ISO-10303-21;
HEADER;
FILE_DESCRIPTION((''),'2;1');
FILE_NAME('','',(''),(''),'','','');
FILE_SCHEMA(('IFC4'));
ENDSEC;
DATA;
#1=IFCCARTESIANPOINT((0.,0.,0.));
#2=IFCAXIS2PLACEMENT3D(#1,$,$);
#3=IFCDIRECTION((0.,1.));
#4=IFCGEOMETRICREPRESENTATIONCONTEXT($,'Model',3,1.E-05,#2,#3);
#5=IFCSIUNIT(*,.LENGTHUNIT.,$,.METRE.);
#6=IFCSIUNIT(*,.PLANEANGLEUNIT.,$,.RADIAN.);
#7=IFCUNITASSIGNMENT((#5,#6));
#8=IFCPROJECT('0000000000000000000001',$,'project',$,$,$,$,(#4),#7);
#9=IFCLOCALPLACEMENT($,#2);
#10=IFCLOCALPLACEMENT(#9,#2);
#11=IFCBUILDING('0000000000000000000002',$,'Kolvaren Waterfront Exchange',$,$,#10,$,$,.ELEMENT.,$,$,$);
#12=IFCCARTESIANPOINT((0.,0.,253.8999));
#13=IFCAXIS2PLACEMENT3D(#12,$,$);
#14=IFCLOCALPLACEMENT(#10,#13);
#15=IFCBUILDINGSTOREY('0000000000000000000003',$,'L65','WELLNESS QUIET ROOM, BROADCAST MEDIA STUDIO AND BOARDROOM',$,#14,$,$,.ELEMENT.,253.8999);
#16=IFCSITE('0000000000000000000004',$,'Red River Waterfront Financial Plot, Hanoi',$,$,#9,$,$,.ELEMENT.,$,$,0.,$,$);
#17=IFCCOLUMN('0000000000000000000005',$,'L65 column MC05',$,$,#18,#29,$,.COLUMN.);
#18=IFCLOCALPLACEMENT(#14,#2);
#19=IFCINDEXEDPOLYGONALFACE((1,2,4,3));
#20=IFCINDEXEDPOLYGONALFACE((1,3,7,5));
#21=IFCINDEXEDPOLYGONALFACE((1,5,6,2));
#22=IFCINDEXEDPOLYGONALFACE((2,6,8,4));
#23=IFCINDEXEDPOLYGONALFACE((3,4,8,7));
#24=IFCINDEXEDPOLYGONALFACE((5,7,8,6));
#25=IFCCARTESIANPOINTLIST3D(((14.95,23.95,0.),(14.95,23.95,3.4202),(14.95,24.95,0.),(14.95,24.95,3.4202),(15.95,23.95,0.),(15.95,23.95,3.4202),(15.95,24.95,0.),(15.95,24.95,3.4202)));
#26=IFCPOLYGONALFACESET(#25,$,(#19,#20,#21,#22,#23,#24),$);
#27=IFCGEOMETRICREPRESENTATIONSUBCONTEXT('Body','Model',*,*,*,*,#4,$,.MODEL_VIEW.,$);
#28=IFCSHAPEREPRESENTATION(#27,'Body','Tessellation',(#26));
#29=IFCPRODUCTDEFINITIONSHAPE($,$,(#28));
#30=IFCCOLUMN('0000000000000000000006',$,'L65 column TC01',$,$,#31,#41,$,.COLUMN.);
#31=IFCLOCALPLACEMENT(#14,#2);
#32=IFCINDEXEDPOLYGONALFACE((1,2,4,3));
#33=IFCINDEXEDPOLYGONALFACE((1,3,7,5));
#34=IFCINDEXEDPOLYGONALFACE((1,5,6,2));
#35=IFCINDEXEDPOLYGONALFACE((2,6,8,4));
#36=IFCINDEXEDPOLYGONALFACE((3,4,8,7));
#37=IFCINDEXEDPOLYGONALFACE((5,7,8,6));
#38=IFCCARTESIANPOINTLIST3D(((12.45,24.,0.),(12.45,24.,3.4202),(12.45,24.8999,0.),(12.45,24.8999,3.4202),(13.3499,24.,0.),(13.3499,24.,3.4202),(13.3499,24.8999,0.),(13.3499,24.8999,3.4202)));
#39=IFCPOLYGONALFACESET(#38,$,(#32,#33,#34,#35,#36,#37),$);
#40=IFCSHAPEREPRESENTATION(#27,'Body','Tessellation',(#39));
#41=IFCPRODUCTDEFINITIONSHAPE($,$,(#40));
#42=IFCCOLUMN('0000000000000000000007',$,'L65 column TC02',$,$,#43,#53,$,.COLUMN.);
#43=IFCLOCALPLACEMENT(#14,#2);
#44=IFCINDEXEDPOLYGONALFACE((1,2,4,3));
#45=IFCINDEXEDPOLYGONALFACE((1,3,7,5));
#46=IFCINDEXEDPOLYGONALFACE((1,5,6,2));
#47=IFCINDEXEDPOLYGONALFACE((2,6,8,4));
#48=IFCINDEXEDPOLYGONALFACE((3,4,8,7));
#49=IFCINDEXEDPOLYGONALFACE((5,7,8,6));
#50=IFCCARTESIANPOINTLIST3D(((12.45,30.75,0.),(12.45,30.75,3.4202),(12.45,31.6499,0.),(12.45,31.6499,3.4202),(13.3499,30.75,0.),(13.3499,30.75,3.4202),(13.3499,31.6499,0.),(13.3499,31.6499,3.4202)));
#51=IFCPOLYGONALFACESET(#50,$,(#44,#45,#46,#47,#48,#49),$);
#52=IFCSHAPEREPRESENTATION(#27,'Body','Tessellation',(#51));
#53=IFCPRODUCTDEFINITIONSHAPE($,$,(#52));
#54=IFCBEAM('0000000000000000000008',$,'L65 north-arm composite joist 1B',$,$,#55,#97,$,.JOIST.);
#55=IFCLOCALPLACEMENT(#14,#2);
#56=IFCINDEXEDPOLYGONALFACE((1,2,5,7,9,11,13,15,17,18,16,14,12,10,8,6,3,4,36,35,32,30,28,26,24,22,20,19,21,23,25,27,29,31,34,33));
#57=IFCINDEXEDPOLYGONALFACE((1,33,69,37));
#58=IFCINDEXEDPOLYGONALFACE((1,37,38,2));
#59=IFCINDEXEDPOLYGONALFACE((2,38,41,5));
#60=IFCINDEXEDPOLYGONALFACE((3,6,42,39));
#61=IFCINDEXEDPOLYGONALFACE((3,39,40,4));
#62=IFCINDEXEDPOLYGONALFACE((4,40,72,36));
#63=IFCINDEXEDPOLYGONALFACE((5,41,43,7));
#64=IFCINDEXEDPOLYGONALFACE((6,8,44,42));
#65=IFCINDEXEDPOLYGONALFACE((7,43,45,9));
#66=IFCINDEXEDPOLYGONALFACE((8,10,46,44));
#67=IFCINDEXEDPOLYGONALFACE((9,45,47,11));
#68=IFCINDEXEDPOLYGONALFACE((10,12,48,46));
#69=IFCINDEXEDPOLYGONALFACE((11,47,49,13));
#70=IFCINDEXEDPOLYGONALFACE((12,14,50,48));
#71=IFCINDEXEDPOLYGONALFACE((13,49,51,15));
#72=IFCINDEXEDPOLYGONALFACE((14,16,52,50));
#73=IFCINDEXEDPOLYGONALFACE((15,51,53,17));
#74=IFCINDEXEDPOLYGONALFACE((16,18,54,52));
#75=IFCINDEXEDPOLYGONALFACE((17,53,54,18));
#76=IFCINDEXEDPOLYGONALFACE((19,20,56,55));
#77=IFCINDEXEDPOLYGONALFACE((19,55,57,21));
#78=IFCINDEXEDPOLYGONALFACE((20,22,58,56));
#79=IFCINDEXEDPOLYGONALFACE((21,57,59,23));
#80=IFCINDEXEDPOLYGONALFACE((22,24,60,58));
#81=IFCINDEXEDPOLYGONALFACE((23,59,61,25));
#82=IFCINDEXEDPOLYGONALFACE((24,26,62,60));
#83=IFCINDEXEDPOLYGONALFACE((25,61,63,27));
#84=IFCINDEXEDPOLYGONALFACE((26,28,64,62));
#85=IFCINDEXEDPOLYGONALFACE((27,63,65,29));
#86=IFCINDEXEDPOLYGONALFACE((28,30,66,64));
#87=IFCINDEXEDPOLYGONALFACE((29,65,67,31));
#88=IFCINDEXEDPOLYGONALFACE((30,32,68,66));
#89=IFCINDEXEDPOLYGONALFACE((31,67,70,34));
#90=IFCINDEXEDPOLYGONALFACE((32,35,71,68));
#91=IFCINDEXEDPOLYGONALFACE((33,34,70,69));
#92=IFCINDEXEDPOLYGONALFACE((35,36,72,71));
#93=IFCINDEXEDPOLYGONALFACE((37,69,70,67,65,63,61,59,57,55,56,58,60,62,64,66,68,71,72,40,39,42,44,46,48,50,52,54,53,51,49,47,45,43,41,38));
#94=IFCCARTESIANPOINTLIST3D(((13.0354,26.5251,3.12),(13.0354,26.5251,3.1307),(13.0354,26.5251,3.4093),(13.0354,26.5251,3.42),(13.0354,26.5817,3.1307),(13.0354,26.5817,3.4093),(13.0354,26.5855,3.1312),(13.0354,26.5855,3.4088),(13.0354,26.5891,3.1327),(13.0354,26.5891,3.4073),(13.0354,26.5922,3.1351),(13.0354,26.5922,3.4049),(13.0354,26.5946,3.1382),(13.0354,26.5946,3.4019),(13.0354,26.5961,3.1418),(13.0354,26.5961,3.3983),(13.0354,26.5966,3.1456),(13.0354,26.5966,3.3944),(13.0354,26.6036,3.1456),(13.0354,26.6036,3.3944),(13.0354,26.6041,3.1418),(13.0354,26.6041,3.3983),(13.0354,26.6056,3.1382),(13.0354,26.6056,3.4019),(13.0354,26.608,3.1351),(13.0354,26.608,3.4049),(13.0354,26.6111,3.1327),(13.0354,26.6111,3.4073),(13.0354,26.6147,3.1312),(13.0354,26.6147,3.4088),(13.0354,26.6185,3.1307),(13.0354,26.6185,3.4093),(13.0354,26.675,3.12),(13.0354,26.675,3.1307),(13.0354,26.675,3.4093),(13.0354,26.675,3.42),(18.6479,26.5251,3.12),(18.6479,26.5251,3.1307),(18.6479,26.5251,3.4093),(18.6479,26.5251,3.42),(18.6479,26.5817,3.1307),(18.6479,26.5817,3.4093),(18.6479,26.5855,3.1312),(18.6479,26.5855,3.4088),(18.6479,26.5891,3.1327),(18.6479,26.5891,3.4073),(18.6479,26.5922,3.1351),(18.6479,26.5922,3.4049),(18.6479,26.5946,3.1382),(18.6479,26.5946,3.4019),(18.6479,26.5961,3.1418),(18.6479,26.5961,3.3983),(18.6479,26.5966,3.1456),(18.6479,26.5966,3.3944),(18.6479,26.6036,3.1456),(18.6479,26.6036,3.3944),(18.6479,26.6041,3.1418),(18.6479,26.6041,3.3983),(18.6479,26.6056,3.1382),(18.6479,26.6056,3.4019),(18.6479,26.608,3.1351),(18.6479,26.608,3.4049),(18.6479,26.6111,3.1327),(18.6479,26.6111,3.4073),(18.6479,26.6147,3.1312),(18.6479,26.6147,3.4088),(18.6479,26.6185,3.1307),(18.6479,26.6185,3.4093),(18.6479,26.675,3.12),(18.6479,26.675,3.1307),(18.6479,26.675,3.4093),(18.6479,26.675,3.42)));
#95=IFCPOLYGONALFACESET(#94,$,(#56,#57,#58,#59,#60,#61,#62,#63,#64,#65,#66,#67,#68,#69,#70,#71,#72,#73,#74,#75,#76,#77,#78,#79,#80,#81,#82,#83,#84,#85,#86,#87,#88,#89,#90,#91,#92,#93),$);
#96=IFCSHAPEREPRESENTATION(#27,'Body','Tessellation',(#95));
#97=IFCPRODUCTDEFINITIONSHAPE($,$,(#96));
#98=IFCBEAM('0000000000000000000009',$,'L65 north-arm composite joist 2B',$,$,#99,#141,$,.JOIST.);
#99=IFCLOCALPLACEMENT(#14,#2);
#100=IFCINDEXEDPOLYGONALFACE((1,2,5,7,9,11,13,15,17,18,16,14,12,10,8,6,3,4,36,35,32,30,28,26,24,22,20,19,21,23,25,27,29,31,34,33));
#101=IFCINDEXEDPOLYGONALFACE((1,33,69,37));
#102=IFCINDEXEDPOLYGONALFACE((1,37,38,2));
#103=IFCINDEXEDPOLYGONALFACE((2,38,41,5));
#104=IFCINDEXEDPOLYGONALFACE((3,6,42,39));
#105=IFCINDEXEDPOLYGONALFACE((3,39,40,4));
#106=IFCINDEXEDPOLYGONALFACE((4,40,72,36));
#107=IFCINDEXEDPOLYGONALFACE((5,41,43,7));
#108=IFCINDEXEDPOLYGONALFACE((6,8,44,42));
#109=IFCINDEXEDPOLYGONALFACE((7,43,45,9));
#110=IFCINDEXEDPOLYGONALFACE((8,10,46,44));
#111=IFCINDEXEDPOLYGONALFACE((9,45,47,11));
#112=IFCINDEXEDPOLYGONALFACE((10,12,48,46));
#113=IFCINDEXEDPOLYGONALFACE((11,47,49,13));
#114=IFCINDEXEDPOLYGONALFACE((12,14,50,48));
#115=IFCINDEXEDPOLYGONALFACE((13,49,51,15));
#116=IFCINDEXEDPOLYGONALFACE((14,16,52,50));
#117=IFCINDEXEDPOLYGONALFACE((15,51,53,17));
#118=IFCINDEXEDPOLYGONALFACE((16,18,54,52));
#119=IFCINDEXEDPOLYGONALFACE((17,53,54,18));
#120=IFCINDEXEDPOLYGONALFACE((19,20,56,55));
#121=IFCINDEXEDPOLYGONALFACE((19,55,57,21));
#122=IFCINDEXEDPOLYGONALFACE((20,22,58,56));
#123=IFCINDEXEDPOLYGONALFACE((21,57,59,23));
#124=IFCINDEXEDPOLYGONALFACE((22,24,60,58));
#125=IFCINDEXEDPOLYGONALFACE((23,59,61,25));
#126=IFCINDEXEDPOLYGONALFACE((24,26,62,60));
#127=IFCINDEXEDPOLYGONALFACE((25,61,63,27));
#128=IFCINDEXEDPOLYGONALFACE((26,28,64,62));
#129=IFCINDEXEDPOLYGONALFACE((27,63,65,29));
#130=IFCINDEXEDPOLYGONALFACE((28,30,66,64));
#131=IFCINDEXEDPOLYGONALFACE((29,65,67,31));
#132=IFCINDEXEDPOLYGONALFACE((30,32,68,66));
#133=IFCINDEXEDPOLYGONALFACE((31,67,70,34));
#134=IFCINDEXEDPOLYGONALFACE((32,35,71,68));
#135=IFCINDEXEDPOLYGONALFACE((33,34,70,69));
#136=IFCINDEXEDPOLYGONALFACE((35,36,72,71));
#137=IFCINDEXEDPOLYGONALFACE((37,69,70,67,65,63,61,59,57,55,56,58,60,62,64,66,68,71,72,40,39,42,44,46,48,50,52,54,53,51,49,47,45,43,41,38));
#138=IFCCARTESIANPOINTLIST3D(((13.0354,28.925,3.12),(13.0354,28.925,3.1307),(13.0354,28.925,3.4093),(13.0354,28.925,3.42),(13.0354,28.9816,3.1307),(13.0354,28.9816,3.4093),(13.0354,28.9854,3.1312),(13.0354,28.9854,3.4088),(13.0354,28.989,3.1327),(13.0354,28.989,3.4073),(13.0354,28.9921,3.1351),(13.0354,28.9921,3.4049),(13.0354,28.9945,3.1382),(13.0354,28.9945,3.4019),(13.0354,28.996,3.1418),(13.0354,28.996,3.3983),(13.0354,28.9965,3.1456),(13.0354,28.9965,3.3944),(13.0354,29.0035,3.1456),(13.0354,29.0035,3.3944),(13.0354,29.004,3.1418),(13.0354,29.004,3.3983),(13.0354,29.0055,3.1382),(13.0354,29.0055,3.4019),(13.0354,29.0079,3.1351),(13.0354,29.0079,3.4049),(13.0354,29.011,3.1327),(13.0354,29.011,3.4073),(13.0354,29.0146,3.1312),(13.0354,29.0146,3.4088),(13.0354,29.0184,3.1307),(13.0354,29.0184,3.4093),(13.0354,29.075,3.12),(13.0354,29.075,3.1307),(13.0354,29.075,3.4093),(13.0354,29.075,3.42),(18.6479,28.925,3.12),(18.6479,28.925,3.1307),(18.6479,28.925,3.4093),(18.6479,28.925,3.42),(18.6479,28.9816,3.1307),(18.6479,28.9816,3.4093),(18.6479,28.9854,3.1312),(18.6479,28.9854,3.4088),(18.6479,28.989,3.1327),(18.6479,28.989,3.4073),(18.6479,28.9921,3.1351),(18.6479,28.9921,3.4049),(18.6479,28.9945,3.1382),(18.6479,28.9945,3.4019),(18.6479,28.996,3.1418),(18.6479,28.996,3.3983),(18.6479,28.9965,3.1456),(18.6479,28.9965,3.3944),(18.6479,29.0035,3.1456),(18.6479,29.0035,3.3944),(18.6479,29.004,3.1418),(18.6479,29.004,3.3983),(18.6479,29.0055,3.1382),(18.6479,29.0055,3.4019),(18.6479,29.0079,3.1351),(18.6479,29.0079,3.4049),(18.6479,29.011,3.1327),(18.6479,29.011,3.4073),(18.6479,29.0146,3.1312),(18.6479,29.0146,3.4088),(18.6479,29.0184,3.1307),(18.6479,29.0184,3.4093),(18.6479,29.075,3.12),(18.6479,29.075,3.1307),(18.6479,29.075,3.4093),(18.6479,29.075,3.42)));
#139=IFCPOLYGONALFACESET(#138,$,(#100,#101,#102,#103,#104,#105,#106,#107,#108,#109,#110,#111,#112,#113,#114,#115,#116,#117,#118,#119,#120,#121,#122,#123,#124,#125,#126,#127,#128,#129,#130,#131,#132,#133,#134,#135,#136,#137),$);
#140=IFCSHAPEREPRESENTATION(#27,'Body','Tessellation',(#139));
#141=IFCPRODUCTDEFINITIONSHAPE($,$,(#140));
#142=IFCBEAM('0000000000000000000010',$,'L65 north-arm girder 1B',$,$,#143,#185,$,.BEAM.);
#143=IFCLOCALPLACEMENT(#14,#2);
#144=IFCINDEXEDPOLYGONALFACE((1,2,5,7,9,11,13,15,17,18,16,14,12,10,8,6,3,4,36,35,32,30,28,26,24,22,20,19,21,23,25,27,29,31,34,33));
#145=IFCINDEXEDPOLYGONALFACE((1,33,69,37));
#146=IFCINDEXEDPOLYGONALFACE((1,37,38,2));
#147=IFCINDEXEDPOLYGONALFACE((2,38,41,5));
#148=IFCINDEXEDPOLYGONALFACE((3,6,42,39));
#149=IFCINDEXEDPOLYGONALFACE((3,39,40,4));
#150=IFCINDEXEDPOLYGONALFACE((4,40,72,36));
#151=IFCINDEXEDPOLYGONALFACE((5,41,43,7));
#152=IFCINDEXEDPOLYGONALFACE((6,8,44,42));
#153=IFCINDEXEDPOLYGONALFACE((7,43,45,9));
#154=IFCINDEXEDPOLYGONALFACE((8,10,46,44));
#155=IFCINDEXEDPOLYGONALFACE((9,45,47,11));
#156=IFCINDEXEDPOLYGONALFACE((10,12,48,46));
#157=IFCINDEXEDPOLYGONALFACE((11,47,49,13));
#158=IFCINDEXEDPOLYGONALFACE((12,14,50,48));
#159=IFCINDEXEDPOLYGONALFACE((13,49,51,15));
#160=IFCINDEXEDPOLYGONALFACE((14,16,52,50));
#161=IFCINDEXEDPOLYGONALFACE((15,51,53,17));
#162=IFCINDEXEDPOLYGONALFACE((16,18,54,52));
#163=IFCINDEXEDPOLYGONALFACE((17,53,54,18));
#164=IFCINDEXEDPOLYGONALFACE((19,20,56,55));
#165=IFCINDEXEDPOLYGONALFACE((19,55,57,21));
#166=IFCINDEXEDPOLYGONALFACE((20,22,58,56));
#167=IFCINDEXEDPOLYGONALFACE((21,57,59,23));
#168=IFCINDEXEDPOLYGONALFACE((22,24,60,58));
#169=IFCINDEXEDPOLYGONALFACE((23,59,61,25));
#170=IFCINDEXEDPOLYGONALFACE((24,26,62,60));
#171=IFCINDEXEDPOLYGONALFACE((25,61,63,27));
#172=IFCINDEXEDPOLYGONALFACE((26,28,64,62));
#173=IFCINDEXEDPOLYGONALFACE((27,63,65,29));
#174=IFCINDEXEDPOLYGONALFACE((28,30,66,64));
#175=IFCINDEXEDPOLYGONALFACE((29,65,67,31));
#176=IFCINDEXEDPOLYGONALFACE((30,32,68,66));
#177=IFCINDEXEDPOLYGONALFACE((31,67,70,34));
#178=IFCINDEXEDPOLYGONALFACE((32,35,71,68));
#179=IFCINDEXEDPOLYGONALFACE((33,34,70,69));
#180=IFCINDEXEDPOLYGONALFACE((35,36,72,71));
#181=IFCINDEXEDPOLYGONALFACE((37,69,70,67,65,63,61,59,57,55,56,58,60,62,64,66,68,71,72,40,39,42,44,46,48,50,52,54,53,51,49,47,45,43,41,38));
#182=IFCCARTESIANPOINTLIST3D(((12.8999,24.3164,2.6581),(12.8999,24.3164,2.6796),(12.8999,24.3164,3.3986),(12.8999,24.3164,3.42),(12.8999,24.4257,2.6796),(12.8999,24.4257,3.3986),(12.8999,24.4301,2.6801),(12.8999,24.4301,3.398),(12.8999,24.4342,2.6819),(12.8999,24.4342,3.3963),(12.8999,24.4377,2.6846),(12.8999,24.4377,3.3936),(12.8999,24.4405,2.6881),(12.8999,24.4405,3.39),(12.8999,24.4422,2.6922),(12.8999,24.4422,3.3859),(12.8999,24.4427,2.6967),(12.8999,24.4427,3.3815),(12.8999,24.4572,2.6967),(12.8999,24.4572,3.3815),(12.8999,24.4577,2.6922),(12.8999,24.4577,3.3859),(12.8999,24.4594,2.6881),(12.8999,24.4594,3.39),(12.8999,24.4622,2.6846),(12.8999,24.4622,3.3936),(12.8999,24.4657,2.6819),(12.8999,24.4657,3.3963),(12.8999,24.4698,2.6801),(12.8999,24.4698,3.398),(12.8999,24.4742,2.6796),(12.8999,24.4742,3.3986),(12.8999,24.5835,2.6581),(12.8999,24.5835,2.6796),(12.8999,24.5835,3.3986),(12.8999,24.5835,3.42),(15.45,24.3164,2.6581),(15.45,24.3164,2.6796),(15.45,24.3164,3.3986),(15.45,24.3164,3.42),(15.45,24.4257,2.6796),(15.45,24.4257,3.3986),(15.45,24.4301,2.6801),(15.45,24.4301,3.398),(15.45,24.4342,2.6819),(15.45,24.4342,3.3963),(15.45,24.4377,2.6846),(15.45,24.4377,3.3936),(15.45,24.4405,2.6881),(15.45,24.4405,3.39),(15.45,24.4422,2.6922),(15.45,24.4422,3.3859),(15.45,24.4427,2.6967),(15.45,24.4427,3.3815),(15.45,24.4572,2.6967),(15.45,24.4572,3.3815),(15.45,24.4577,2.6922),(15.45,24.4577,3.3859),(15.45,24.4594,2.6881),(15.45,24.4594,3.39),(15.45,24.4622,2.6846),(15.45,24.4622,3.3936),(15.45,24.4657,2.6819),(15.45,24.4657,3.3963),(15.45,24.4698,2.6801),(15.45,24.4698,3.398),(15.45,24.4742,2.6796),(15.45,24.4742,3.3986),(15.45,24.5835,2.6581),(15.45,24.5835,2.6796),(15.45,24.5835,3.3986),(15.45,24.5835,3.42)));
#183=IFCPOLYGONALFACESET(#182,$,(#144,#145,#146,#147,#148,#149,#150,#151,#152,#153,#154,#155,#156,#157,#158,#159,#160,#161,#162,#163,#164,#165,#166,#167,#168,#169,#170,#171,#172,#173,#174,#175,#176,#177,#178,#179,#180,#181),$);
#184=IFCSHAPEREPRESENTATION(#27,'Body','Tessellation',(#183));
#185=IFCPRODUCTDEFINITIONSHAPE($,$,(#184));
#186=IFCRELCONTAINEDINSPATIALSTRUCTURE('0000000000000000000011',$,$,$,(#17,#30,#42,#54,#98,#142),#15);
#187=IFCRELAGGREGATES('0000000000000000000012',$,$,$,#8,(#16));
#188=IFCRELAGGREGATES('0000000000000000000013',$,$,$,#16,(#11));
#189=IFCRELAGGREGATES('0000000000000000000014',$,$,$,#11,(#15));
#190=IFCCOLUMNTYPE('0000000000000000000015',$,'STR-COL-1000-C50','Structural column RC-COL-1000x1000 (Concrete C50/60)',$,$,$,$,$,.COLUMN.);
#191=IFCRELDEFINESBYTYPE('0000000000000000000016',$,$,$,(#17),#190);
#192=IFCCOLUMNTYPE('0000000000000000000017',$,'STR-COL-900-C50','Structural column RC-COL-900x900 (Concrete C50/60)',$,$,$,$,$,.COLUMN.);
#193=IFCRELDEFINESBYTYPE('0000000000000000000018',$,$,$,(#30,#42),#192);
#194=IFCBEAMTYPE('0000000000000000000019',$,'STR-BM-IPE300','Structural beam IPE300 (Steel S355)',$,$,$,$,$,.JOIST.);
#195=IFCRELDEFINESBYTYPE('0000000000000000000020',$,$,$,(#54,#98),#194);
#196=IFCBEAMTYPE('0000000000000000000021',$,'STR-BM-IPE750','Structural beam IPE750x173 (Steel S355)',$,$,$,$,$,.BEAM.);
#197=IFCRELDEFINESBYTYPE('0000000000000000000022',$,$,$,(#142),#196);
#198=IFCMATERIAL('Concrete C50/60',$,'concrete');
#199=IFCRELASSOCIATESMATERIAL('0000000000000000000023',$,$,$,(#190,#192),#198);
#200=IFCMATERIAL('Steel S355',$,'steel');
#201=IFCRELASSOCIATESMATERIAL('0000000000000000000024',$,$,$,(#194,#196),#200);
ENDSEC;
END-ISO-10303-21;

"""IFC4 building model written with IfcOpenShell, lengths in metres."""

from ifc_helpers import new_model, si_unit, direction, frame, origin, origin_2d, place, context, subcontext, project, spatial, rectangle, i_section, extrude, material, material_profile, profile_set, type_object, element, save


model = new_model("IFC4")

# Units and contexts
model_context = context("Model", 3, precision=1e-05, world=origin(), true_north=direction((0.0, 1.0)))
body_context = subcontext(model_context, "Body", "Model", "MODEL_VIEW")
ifc_project = project(units=[si_unit("LENGTHUNIT", "METRE"), si_unit("PLANEANGLEUNIT", "RADIAN")], contexts=[model_context])

# Site, building, storey
site_placement = place(None, origin())
site = spatial("IfcSite", under=ifc_project, at=site_placement, Name="Red River Waterfront Financial Plot, Hanoi", CompositionType="ELEMENT", RefElevation=0.0)
building_placement = place(site_placement, origin())
building = spatial("IfcBuilding", under=site, at=building_placement, Name="Kolvaren Waterfront Exchange", CompositionType="ELEMENT")
storey_placement = place(building_placement, frame((0.0, 0.0, 253.8999)))
storey = spatial("IfcBuildingStorey", under=building, at=storey_placement, Name="L65", Description="WELLNESS QUIET ROOM, BROADCAST MEDIA STUDIO AND BOARDROOM", CompositionType="ELEMENT", Elevation=253.8999)

# Columns
ifc_material_1 = material(Name="Concrete C50/60", Category="concrete")
ifc_material_profile_1 = material_profile(ifc_material_1, rectangle(XDim=1.0, YDim=1.0, at=origin_2d()), Name="RC-COL-1000x1000")
ifc_profile_set_1 = profile_set([ifc_material_profile_1], Name="Concrete C50/60")
column_type_1 = type_object("IfcColumnType", Name="STR-COL-1000-C50", Description="Structural column RC-COL-1000x1000 (Concrete C50/60)", PredefinedType="COLUMN", material=ifc_profile_set_1)
column_placement = place(storey_placement, frame((15.45, 24.45, 0.0), z_axis=(0.0, 0.0, 1.0), x_axis=(1.0, 0.0, 0.0)))
element("IfcColumn", 1, at=column_placement, inside=storey, type_object=column_type_1, Name="L65 column MC05", PredefinedType="COLUMN", context=body_context, shape_type="SweptSolid", body=[
    extrude(rectangle(XDim=1.0, YDim=1.0, at=origin_2d()), origin(), (0.0, 0.0, 1.0), 3.4202),
])
ifc_material_profile_2 = material_profile(ifc_material_1, rectangle(XDim=0.8999, YDim=0.8999, at=origin_2d()), Name="RC-COL-900x900")
ifc_profile_set_2 = profile_set([ifc_material_profile_2], Name="Concrete C50/60")
column_type_2 = type_object("IfcColumnType", Name="STR-COL-900-C50", Description="Structural column RC-COL-900x900 (Concrete C50/60)", PredefinedType="COLUMN", material=ifc_profile_set_2)
for number, where, z_axis, x_axis, name in (
    (2, (12.8999, 24.45, 0.0), (0.0, 0.0, 1.0), (1.0, 0.0, 0.0), "L65 column TC01"),
    (3, (12.8999, 31.2, 0.0), (0.0, 0.0, 1.0), (1.0, 0.0, 0.0), "L65 column TC02"),
):
    element("IfcColumn", number, at=place(storey_placement, frame(where, z_axis=z_axis, x_axis=x_axis)), inside=storey, type_object=column_type_2, Name=name, PredefinedType="COLUMN", context=body_context, shape_type="SweptSolid", body=[
        extrude(rectangle(XDim=0.8999, YDim=0.8999, at=origin_2d()), origin(), (0.0, 0.0, 1.0), 3.4202),
    ])

# Beams
ifc_material_2 = material(Name="Steel S355", Category="steel")
ifc_material_profile_3 = material_profile(ifc_material_2, i_section(OverallWidth=0.1499, OverallDepth=0.3, WebThickness=0.0071, FlangeThickness=0.0107, FilletRadius=0.0149, at=origin_2d()), Name="IPE300")
ifc_profile_set_3 = profile_set([ifc_material_profile_3], Name="Steel S355")
beam_type_1 = type_object("IfcBeamType", Name="STR-BM-IPE300", Description="Structural beam IPE300 (Steel S355)", PredefinedType="JOIST", material=ifc_profile_set_3)
for number, where, z_axis, x_axis, name in (
    (4, (13.0354, 26.6001, 3.27), (1.0, 0.0, 0.0), (0.0, 1.0, 0.0), "L65 north-arm composite joist 1B"),
    (5, (13.0354, 29.0, 3.27), (1.0, 0.0, 0.0), (0.0, 1.0, 0.0), "L65 north-arm composite joist 2B"),
):
    element("IfcBeam", number, at=place(storey_placement, frame(where, z_axis=z_axis, x_axis=x_axis)), inside=storey, type_object=beam_type_1, Name=name, PredefinedType="JOIST", context=body_context, shape_type="SweptSolid", body=[
        extrude(i_section(OverallWidth=0.1499, OverallDepth=0.3, WebThickness=0.0071, FlangeThickness=0.0107, FilletRadius=0.0149, at=origin_2d()), origin(), (0.0, 0.0, 1.0), 5.6125),
    ])
ifc_material_profile_4 = material_profile(ifc_material_2, i_section(OverallWidth=0.2671, OverallDepth=0.762, WebThickness=0.0144, FlangeThickness=0.0215, FilletRadius=0.0171, at=origin_2d()), Name="IPE750x173")
ifc_profile_set_4 = profile_set([ifc_material_profile_4], Name="Steel S355")
beam_type_2 = type_object("IfcBeamType", Name="STR-BM-IPE750", Description="Structural beam IPE750x173 (Steel S355)", PredefinedType="BEAM", material=ifc_profile_set_4)
beam_1_placement = place(storey_placement, frame((12.8999, 24.45, 3.0391), z_axis=(1.0, 0.0, 0.0), x_axis=(0.0, 1.0, 0.0)))
element("IfcBeam", 6, at=beam_1_placement, inside=storey, type_object=beam_type_2, Name="L65 north-arm girder 1B", PredefinedType="BEAM", context=body_context, shape_type="SweptSolid", body=[
    extrude(i_section(OverallWidth=0.2671, OverallDepth=0.762, WebThickness=0.0144, FlangeThickness=0.0215, FilletRadius=0.0171, at=origin_2d()), origin(), (0.0, 0.0, 1.0), 2.55),
])

save(model, "model.ifc")
